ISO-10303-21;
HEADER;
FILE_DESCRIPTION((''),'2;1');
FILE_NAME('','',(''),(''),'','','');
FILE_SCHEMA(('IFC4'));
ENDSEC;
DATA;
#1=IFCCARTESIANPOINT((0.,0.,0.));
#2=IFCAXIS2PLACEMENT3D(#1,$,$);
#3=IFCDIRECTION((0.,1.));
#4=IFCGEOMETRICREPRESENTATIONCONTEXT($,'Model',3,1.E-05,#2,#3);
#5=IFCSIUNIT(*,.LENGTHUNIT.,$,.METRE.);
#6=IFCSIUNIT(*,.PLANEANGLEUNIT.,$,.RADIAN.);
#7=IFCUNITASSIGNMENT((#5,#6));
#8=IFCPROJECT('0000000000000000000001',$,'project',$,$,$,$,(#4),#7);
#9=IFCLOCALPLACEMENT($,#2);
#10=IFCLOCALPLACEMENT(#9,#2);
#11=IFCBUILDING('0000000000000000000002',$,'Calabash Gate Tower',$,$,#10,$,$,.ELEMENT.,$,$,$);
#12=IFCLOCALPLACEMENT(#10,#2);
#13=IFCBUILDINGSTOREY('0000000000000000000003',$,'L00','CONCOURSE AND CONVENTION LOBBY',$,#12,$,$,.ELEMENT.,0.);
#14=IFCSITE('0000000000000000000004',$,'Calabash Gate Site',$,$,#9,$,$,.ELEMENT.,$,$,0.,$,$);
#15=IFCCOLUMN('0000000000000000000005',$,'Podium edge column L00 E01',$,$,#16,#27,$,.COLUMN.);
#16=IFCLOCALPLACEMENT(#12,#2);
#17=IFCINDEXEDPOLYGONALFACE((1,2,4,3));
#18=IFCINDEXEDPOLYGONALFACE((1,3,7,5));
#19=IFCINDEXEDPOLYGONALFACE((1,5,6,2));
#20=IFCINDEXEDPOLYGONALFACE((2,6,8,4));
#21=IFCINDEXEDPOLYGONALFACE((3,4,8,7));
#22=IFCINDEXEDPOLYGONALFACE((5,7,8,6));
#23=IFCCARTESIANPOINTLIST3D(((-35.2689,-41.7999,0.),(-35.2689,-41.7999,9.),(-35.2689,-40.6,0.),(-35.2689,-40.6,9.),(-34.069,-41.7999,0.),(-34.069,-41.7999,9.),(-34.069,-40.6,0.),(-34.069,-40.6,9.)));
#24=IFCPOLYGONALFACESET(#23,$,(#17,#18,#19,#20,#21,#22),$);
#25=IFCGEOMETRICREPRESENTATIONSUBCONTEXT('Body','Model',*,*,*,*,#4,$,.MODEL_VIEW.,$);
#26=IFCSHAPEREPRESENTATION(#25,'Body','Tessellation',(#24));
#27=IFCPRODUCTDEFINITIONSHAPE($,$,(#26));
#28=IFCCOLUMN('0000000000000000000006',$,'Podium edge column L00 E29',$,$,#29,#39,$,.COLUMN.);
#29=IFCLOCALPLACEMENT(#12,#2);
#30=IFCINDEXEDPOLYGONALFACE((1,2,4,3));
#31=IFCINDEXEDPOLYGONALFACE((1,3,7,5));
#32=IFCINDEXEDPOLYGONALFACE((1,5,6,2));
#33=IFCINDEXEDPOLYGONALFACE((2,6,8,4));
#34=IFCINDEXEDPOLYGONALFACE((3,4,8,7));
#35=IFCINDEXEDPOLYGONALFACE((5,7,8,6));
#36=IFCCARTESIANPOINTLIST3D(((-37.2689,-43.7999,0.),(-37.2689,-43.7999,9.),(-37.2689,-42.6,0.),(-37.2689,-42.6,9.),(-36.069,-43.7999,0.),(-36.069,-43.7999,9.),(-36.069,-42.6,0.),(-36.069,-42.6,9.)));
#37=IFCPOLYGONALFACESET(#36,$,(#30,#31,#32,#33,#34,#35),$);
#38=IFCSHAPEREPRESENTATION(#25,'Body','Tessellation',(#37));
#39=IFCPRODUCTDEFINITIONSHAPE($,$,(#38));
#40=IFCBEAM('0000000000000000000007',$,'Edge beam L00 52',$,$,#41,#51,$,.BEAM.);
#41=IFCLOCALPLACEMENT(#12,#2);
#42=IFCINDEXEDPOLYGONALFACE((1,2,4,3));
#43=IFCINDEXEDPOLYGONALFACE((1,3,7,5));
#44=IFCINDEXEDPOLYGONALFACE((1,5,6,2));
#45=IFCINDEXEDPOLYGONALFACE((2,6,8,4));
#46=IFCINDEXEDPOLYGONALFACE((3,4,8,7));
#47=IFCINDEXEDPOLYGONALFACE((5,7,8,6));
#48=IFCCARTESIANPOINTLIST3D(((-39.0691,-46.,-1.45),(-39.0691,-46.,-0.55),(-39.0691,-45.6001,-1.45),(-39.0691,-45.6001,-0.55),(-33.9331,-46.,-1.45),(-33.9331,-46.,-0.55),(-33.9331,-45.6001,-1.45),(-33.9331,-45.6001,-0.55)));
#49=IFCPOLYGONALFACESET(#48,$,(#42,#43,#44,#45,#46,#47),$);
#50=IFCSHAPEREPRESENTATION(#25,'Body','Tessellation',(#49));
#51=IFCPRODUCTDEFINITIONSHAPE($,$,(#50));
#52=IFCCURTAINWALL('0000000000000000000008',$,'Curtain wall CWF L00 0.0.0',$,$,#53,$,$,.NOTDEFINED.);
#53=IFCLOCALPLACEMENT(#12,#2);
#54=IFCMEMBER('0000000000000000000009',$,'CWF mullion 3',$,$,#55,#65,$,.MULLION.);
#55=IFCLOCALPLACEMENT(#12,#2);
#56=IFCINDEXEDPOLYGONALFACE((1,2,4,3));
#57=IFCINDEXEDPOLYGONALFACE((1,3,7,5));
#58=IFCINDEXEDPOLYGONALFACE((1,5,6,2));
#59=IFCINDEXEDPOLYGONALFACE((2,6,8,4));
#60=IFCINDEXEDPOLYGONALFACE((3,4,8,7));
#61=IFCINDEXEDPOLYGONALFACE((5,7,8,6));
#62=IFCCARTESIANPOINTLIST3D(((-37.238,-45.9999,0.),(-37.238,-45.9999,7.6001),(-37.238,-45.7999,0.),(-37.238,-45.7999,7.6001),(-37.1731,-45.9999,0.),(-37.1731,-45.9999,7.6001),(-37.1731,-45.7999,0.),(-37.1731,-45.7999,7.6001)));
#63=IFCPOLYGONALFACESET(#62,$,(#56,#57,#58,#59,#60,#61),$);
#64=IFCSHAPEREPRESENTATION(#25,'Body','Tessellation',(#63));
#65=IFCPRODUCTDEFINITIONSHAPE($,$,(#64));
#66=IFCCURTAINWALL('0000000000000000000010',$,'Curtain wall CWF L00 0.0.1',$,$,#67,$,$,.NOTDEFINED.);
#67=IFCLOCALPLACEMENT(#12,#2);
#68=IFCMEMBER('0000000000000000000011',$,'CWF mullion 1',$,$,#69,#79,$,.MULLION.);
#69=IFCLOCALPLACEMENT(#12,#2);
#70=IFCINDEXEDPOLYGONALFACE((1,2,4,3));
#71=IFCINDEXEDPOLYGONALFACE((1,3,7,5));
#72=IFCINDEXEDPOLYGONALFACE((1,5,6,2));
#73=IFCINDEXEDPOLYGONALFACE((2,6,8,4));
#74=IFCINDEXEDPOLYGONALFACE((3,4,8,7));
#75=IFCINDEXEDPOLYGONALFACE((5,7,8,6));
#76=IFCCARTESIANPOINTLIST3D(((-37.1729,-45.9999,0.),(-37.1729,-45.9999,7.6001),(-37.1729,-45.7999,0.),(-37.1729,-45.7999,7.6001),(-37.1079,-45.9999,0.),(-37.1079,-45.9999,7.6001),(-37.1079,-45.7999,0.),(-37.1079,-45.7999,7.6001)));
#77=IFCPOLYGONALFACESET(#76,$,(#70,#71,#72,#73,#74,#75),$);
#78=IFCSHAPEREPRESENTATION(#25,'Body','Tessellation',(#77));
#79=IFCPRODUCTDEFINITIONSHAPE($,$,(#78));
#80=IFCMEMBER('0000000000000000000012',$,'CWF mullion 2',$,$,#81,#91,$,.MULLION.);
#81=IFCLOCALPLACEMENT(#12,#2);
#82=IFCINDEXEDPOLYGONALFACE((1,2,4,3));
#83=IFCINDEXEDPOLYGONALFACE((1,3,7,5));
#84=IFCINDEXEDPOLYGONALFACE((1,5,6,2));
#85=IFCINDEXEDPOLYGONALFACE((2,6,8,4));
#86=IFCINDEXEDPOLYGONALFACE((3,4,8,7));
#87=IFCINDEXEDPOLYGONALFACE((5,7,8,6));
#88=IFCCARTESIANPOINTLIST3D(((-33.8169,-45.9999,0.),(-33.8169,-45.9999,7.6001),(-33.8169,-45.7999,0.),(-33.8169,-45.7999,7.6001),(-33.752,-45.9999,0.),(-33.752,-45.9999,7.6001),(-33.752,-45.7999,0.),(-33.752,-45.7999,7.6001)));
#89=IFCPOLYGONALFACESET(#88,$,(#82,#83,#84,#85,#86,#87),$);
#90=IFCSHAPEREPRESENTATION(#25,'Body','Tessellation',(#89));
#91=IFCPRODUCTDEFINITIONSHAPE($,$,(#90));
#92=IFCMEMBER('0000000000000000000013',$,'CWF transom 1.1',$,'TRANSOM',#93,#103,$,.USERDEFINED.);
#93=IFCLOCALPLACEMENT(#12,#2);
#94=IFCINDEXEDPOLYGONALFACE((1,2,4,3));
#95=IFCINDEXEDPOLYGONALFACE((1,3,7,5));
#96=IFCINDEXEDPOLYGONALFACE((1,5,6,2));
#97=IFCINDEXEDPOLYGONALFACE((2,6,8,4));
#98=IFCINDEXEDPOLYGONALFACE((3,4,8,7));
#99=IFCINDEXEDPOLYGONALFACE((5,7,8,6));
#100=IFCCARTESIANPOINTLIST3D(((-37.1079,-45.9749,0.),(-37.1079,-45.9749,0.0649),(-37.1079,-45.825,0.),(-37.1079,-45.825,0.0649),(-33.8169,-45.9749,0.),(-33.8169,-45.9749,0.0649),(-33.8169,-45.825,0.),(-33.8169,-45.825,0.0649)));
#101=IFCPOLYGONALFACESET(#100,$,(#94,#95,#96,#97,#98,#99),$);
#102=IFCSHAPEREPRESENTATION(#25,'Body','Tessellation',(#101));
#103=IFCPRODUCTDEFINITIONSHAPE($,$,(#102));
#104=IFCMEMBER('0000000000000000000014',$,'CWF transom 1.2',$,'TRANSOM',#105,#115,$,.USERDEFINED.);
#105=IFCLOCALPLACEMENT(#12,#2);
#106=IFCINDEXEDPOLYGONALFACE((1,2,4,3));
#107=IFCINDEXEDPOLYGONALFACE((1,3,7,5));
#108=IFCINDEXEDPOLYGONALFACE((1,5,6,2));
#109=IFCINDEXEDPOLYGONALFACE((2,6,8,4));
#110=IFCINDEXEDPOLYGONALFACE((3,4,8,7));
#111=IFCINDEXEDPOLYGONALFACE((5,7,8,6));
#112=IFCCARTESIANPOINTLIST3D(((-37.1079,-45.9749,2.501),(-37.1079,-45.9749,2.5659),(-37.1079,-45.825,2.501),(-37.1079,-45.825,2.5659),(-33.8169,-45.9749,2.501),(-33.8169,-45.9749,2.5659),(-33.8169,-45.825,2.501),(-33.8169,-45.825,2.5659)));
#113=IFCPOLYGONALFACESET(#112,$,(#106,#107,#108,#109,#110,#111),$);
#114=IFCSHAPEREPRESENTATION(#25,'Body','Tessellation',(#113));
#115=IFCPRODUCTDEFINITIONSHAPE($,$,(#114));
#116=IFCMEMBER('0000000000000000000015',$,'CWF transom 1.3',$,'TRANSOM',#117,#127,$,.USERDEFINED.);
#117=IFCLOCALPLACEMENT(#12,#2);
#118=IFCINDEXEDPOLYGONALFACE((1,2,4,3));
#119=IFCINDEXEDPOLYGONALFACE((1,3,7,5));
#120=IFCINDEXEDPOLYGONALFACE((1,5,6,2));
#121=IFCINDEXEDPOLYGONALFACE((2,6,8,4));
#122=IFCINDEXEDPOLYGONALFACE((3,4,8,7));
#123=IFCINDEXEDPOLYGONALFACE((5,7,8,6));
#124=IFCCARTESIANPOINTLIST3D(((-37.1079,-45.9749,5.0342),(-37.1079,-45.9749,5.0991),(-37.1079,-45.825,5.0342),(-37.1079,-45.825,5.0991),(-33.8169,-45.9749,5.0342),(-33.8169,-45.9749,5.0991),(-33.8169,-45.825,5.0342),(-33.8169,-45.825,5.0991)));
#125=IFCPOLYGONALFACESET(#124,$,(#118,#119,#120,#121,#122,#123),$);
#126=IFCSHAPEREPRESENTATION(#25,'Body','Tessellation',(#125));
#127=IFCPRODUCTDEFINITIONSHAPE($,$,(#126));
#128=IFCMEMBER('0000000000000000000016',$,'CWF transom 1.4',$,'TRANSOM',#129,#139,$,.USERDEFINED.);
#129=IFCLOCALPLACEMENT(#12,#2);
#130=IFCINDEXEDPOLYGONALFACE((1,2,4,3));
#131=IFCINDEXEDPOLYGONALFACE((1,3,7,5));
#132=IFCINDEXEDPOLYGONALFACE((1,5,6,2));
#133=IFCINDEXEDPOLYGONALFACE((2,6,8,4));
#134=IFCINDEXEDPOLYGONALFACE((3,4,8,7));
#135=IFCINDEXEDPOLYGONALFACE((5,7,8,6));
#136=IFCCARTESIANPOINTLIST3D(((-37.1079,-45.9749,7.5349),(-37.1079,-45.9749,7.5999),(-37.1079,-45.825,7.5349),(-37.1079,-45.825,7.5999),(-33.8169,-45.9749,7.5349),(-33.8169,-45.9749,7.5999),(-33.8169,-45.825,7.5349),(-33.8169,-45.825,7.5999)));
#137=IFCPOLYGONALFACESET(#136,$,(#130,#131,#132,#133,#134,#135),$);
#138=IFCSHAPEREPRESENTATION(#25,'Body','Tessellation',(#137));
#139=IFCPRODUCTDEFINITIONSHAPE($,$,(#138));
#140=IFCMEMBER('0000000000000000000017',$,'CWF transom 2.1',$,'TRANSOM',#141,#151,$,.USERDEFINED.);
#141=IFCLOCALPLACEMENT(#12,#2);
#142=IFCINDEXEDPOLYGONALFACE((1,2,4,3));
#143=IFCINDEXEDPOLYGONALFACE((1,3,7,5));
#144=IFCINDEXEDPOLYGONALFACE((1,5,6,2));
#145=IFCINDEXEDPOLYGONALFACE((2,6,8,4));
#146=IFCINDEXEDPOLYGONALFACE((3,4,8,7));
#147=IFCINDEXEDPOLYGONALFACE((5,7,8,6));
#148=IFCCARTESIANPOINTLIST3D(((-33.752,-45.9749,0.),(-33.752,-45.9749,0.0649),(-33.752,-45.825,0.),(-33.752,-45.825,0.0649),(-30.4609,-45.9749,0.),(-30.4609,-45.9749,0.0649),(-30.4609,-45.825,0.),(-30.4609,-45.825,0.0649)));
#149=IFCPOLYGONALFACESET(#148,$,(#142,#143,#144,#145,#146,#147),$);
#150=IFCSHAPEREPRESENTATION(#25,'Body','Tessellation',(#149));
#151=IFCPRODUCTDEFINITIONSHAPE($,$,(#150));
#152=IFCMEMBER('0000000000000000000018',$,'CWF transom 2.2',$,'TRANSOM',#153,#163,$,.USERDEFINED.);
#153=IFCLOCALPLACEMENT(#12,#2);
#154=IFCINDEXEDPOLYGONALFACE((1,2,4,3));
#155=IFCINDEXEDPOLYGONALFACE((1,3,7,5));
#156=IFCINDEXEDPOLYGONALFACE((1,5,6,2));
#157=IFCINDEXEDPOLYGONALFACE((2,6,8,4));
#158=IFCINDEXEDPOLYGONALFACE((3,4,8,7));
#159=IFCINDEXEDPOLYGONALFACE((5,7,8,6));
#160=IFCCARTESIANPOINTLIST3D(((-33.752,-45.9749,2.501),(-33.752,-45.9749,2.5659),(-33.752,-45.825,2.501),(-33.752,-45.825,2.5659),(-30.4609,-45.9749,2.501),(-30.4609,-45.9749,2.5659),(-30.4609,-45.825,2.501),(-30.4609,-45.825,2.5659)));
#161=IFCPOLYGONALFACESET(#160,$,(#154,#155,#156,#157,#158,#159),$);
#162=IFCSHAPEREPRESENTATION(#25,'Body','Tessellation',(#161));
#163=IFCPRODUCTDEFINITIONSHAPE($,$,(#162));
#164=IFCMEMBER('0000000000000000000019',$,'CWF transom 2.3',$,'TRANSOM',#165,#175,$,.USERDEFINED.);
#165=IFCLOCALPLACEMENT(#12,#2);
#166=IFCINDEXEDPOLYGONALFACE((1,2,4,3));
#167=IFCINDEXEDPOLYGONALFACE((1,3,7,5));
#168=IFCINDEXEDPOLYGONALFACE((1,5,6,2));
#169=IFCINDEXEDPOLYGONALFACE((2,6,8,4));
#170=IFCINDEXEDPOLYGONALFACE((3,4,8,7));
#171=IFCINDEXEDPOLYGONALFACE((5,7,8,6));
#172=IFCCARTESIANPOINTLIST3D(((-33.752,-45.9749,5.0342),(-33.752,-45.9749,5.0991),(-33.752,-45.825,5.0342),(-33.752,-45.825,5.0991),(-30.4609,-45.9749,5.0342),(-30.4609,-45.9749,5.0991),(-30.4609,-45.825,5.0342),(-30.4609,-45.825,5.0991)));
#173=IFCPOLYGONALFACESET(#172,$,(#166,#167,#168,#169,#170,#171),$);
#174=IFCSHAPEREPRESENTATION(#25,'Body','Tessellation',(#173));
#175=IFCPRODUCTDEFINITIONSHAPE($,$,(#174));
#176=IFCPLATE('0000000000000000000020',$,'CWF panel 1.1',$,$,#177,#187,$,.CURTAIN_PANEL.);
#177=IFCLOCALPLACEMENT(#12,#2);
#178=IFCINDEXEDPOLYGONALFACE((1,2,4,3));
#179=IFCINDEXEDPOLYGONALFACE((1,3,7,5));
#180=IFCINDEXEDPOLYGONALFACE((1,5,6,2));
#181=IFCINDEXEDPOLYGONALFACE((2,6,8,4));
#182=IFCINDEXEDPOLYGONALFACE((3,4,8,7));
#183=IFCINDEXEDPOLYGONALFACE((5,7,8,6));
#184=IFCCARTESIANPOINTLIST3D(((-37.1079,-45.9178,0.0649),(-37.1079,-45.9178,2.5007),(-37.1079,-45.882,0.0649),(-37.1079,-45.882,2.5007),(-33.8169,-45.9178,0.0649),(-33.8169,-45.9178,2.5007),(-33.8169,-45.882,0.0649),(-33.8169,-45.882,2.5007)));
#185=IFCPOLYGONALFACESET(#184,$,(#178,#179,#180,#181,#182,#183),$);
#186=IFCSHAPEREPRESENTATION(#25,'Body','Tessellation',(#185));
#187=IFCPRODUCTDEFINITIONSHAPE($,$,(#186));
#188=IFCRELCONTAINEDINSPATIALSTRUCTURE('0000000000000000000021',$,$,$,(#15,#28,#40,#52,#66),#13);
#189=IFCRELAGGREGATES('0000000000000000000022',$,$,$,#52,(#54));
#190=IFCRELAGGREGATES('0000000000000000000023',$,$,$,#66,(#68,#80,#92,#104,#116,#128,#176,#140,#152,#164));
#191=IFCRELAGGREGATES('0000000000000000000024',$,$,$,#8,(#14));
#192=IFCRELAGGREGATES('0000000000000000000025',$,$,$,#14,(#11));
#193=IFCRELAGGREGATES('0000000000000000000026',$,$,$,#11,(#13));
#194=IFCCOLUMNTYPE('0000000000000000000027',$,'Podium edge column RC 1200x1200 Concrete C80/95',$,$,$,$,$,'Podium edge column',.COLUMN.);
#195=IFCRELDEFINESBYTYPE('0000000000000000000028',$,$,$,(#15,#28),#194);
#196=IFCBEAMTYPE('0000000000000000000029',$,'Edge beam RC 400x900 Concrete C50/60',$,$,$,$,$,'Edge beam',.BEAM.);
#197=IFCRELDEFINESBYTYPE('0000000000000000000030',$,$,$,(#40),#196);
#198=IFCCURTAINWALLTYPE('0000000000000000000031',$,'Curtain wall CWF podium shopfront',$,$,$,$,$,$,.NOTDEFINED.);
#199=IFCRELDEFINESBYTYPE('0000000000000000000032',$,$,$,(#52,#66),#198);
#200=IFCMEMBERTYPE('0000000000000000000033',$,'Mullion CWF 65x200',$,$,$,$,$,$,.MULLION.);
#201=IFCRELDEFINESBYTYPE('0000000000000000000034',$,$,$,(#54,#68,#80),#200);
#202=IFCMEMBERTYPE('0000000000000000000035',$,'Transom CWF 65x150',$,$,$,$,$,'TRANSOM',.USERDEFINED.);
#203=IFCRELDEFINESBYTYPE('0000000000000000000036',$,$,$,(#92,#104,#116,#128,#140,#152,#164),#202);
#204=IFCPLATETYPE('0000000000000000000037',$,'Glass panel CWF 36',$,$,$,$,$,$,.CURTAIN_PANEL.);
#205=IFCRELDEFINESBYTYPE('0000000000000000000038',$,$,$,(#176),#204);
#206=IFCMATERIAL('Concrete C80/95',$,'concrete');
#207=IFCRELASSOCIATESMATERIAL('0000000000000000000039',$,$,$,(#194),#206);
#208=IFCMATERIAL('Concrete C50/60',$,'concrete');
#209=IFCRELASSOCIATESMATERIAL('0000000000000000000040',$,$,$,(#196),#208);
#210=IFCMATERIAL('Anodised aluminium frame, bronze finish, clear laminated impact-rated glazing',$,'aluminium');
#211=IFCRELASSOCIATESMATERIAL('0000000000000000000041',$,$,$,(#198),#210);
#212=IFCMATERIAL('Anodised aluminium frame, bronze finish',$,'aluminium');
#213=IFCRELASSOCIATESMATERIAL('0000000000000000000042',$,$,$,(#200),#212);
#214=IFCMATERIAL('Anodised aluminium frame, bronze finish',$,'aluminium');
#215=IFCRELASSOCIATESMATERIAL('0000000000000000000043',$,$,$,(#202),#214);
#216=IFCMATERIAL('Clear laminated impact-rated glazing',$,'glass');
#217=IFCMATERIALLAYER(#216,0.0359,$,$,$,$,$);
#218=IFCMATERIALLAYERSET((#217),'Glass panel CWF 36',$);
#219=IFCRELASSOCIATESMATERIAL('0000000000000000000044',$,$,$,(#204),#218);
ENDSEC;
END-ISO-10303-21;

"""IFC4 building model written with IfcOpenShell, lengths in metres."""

from ifc_helpers import new_model, si_unit, direction, frame, origin, origin_2d, place, context, subcontext, project, spatial, rectangle, extrude, material, layer, layer_set, material_profile, profile_set, type_object, element, aggregate, save


model = new_model("IFC4")

# Units and contexts
model_context = context("Model", 3, precision=1e-05, world=origin(), true_north=direction((0.0, 1.0)))
body_context = subcontext(model_context, "Body", "Model", "MODEL_VIEW")
ifc_project = project(units=[si_unit("LENGTHUNIT", "METRE"), si_unit("PLANEANGLEUNIT", "RADIAN")], contexts=[model_context])

# Site, building, storey
site_placement = place(None, origin())
site = spatial("IfcSite", under=ifc_project, at=site_placement, Name="Calabash Gate Site", CompositionType="ELEMENT", RefElevation=0.0)
building_placement = place(site_placement, origin())
building = spatial("IfcBuilding", under=site, at=building_placement, Name="Calabash Gate Tower", CompositionType="ELEMENT")
storey_placement = place(building_placement, origin())
storey = spatial("IfcBuildingStorey", under=building, at=storey_placement, Name="L00", Description="CONCOURSE AND CONVENTION LOBBY", CompositionType="ELEMENT", Elevation=0.0)

# Columns
ifc_material_1 = material(Name="Concrete C80/95", Category="concrete")
ifc_material_profile_1 = material_profile(ifc_material_1, rectangle(XDim=1.2, YDim=1.2, at=origin_2d()))
ifc_profile_set_1 = profile_set([ifc_material_profile_1], Name="Concrete C80/95")
column_type = type_object("IfcColumnType", Name="Podium edge column RC 1200x1200 Concrete C80/95", ElementType="Podium edge column", PredefinedType="COLUMN", material=ifc_profile_set_1)
for number, where, z_axis, x_axis, name in (
    (1, (-34.6689, -41.2, 0.0), (0.0, 0.0, 1.0), (1.0, 0.0, 0.0), "Podium edge column L00 E01"),
    (2, (-36.6689, -43.2, 0.0), (0.0, 0.0, 1.0), (1.0, 0.0, 0.0), "Podium edge column L00 E29"),
):
    element("IfcColumn", number, at=place(storey_placement, frame(where, z_axis=z_axis, x_axis=x_axis)), inside=storey, type_object=column_type, Name=name, PredefinedType="COLUMN", context=body_context, shape_type="SweptSolid", body=[
        extrude(rectangle(XDim=1.2, YDim=1.2, at=origin_2d()), origin(), (0.0, 0.0, 1.0), 9.0),
    ])

# Beam
ifc_material_2 = material(Name="Concrete C50/60", Category="concrete")
ifc_material_profile_2 = material_profile(ifc_material_2, rectangle(XDim=0.3999, YDim=0.8999, at=origin_2d()))
ifc_profile_set_2 = profile_set([ifc_material_profile_2], Name="Concrete C50/60")
beam_type = type_object("IfcBeamType", Name="Edge beam RC 400x900 Concrete C50/60", ElementType="Edge beam", PredefinedType="BEAM", material=ifc_profile_set_2)
beam_placement = place(storey_placement, frame((-33.9331, -45.8, -1.0), z_axis=(-1.0, 0.0, 0.0), x_axis=(0.0, -1.0, 0.0)))
element("IfcBeam", 3, at=beam_placement, inside=storey, type_object=beam_type, Name="Edge beam L00 52", PredefinedType="BEAM", context=body_context, shape_type="SweptSolid", body=[
    extrude(rectangle(XDim=0.3999, YDim=0.8999, at=origin_2d()), origin(), (0.0, 0.0, 1.0), 5.136),
])

# Curtain wall, member
ifc_material_3 = material(Name="Anodised aluminium frame, bronze finish, clear laminated impact-rated glazing", Category="aluminium")
curtain_wall_type = type_object("IfcCurtainWallType", Name="Curtain wall CWF podium shopfront", PredefinedType="NOTDEFINED", material=ifc_material_3)
curtain_wall_1_placement = place(storey_placement, origin())
curtain_wall_1 = element("IfcCurtainWall", 4, at=curtain_wall_1_placement, inside=storey, type_object=curtain_wall_type, Name="Curtain wall CWF L00 0.0.0", PredefinedType="NOTDEFINED")
ifc_material_4 = material(Name="Anodised aluminium frame, bronze finish", Category="aluminium")
ifc_material_profile_3 = material_profile(ifc_material_4, rectangle(XDim=0.2, YDim=0.0649, at=origin_2d()))
ifc_profile_set_3 = profile_set([ifc_material_profile_3], Name="Anodised aluminium frame, bronze finish")
member_type_1 = type_object("IfcMemberType", Name="Mullion CWF 65x200", PredefinedType="MULLION", material=ifc_profile_set_3)
member_1_placement = place(storey_placement, frame((-37.2056, -45.8999, 0.0), z_axis=(0.0, 0.0, 1.0), x_axis=(0.0, 1.0, 0.0)))
member_1 = element("IfcMember", 5, at=member_1_placement, type_object=member_type_1, Name="CWF mullion 3", PredefinedType="MULLION", context=body_context, shape_type="SweptSolid", body=[
    extrude(rectangle(XDim=0.2, YDim=0.0649, at=origin_2d()), origin(), (0.0, 0.0, 1.0), 7.6001),
])
aggregate(curtain_wall_1, [member_1])

# Curtain wall, members, plate
curtain_wall_2_placement = place(storey_placement, origin())
curtain_wall_2 = element("IfcCurtainWall", 6, at=curtain_wall_2_placement, inside=storey, type_object=curtain_wall_type, Name="Curtain wall CWF L00 0.0.1", PredefinedType="NOTDEFINED")
member_2_placement = place(storey_placement, frame((-37.1404, -45.8999, 0.0), z_axis=(0.0, 0.0, 1.0), x_axis=(0.0, 1.0, 0.0)))
member_2 = element("IfcMember", 7, at=member_2_placement, type_object=member_type_1, Name="CWF mullion 1", PredefinedType="MULLION", context=body_context, shape_type="SweptSolid", body=[
    extrude(rectangle(XDim=0.2, YDim=0.0649, at=origin_2d()), origin(), (0.0, 0.0, 1.0), 7.6001),
])
member_3_placement = place(storey_placement, frame((-33.7844, -45.8999, 0.0), z_axis=(0.0, 0.0, 1.0), x_axis=(0.0, 1.0, 0.0)))
member_3 = element("IfcMember", 8, at=member_3_placement, type_object=member_type_1, Name="CWF mullion 2", PredefinedType="MULLION", context=body_context, shape_type="SweptSolid", body=[
    extrude(rectangle(XDim=0.2, YDim=0.0649, at=origin_2d()), origin(), (0.0, 0.0, 1.0), 7.6001),
])
ifc_material_5 = material(Name="Anodised aluminium frame, bronze finish", Category="aluminium")
ifc_material_profile_4 = material_profile(ifc_material_5, rectangle(XDim=0.1499, YDim=0.0649, at=origin_2d()))
ifc_profile_set_4 = profile_set([ifc_material_profile_4], Name="Anodised aluminium frame, bronze finish")
member_type_2 = type_object("IfcMemberType", Name="Transom CWF 65x150", ElementType="TRANSOM", PredefinedType="USERDEFINED", material=ifc_profile_set_4)
member_4_placement = place(storey_placement, frame((-37.1079, -45.8999, 0.0325), z_axis=(1.0, 0.0, 0.0), x_axis=(0.0, 1.0, 0.0)))
member_4 = element("IfcMember", 9, at=member_4_placement, type_object=member_type_2, Name="CWF transom 1.1", ObjectType="TRANSOM", PredefinedType="USERDEFINED", context=body_context, shape_type="SweptSolid", body=[
    extrude(rectangle(XDim=0.1499, YDim=0.0649, at=origin_2d()), origin(), (0.0, 0.0, 1.0), 3.291),
])
member_5_placement = place(storey_placement, frame((-37.1079, -45.8999, 2.5334), z_axis=(1.0, 0.0, 0.0), x_axis=(0.0, 1.0, 0.0)))
member_5 = element("IfcMember", 10, at=member_5_placement, type_object=member_type_2, Name="CWF transom 1.2", ObjectType="TRANSOM", PredefinedType="USERDEFINED", context=body_context, shape_type="SweptSolid", body=[
    extrude(rectangle(XDim=0.1499, YDim=0.0649, at=origin_2d()), origin(), (0.0, 0.0, 1.0), 3.291),
])
member_6_placement = place(storey_placement, frame((-37.1079, -45.8999, 5.0667), z_axis=(1.0, 0.0, 0.0), x_axis=(0.0, 1.0, 0.0)))
member_6 = element("IfcMember", 11, at=member_6_placement, type_object=member_type_2, Name="CWF transom 1.3", ObjectType="TRANSOM", PredefinedType="USERDEFINED", context=body_context, shape_type="SweptSolid", body=[
    extrude(rectangle(XDim=0.1499, YDim=0.0649, at=origin_2d()), origin(), (0.0, 0.0, 1.0), 3.291),
])
member_7_placement = place(storey_placement, frame((-37.1079, -45.8999, 7.5674), z_axis=(1.0, 0.0, 0.0), x_axis=(0.0, 1.0, 0.0)))
member_7 = element("IfcMember", 12, at=member_7_placement, type_object=member_type_2, Name="CWF transom 1.4", ObjectType="TRANSOM", PredefinedType="USERDEFINED", context=body_context, shape_type="SweptSolid", body=[
    extrude(rectangle(XDim=0.1499, YDim=0.0649, at=origin_2d()), origin(), (0.0, 0.0, 1.0), 3.291),
])
member_8_placement = place(storey_placement, frame((-33.752, -45.8999, 0.0325), z_axis=(1.0, 0.0, 0.0), x_axis=(0.0, 1.0, 0.0)))
member_8 = element("IfcMember", 13, at=member_8_placement, type_object=member_type_2, Name="CWF transom 2.1", ObjectType="TRANSOM", PredefinedType="USERDEFINED", context=body_context, shape_type="SweptSolid", body=[
    extrude(rectangle(XDim=0.1499, YDim=0.0649, at=origin_2d()), origin(), (0.0, 0.0, 1.0), 3.291),
])
member_9_placement = place(storey_placement, frame((-33.752, -45.8999, 2.5334), z_axis=(1.0, 0.0, 0.0), x_axis=(0.0, 1.0, 0.0)))
member_9 = element("IfcMember", 14, at=member_9_placement, type_object=member_type_2, Name="CWF transom 2.2", ObjectType="TRANSOM", PredefinedType="USERDEFINED", context=body_context, shape_type="SweptSolid", body=[
    extrude(rectangle(XDim=0.1499, YDim=0.0649, at=origin_2d()), origin(), (0.0, 0.0, 1.0), 3.291),
])
member_10_placement = place(storey_placement, frame((-33.752, -45.8999, 5.0667), z_axis=(1.0, 0.0, 0.0), x_axis=(0.0, 1.0, 0.0)))
member_10 = element("IfcMember", 15, at=member_10_placement, type_object=member_type_2, Name="CWF transom 2.3", ObjectType="TRANSOM", PredefinedType="USERDEFINED", context=body_context, shape_type="SweptSolid", body=[
    extrude(rectangle(XDim=0.1499, YDim=0.0649, at=origin_2d()), origin(), (0.0, 0.0, 1.0), 3.291),
])
ifc_material_6 = material(Name="Clear laminated impact-rated glazing", Category="glass")
ifc_layer_1 = layer(ifc_material_6, 0.0359)
ifc_layer_set_1 = layer_set([ifc_layer_1], Name="Glass panel CWF 36")
plate_type = type_object("IfcPlateType", Name="Glass panel CWF 36", PredefinedType="CURTAIN_PANEL", material=ifc_layer_set_1)
plate_1_placement = place(storey_placement, frame((-35.4624, -45.8999, 0.0649), z_axis=(0.0, 0.0, 1.0), x_axis=(1.0, 0.0, 0.0)))
plate_1 = element("IfcPlate", 16, at=plate_1_placement, type_object=plate_type, Name="CWF panel 1.1", PredefinedType="CURTAIN_PANEL", context=body_context, shape_type="SweptSolid", body=[
    extrude(rectangle(XDim=3.291, YDim=0.0359, at=origin_2d()), origin(), (0.0, 0.0, 1.0), 2.4358),
])
aggregate(curtain_wall_2, [member_2, member_3, member_4, member_5, member_6, member_7, plate_1, member_8, member_9, member_10])

save(model, "model.ifc")
